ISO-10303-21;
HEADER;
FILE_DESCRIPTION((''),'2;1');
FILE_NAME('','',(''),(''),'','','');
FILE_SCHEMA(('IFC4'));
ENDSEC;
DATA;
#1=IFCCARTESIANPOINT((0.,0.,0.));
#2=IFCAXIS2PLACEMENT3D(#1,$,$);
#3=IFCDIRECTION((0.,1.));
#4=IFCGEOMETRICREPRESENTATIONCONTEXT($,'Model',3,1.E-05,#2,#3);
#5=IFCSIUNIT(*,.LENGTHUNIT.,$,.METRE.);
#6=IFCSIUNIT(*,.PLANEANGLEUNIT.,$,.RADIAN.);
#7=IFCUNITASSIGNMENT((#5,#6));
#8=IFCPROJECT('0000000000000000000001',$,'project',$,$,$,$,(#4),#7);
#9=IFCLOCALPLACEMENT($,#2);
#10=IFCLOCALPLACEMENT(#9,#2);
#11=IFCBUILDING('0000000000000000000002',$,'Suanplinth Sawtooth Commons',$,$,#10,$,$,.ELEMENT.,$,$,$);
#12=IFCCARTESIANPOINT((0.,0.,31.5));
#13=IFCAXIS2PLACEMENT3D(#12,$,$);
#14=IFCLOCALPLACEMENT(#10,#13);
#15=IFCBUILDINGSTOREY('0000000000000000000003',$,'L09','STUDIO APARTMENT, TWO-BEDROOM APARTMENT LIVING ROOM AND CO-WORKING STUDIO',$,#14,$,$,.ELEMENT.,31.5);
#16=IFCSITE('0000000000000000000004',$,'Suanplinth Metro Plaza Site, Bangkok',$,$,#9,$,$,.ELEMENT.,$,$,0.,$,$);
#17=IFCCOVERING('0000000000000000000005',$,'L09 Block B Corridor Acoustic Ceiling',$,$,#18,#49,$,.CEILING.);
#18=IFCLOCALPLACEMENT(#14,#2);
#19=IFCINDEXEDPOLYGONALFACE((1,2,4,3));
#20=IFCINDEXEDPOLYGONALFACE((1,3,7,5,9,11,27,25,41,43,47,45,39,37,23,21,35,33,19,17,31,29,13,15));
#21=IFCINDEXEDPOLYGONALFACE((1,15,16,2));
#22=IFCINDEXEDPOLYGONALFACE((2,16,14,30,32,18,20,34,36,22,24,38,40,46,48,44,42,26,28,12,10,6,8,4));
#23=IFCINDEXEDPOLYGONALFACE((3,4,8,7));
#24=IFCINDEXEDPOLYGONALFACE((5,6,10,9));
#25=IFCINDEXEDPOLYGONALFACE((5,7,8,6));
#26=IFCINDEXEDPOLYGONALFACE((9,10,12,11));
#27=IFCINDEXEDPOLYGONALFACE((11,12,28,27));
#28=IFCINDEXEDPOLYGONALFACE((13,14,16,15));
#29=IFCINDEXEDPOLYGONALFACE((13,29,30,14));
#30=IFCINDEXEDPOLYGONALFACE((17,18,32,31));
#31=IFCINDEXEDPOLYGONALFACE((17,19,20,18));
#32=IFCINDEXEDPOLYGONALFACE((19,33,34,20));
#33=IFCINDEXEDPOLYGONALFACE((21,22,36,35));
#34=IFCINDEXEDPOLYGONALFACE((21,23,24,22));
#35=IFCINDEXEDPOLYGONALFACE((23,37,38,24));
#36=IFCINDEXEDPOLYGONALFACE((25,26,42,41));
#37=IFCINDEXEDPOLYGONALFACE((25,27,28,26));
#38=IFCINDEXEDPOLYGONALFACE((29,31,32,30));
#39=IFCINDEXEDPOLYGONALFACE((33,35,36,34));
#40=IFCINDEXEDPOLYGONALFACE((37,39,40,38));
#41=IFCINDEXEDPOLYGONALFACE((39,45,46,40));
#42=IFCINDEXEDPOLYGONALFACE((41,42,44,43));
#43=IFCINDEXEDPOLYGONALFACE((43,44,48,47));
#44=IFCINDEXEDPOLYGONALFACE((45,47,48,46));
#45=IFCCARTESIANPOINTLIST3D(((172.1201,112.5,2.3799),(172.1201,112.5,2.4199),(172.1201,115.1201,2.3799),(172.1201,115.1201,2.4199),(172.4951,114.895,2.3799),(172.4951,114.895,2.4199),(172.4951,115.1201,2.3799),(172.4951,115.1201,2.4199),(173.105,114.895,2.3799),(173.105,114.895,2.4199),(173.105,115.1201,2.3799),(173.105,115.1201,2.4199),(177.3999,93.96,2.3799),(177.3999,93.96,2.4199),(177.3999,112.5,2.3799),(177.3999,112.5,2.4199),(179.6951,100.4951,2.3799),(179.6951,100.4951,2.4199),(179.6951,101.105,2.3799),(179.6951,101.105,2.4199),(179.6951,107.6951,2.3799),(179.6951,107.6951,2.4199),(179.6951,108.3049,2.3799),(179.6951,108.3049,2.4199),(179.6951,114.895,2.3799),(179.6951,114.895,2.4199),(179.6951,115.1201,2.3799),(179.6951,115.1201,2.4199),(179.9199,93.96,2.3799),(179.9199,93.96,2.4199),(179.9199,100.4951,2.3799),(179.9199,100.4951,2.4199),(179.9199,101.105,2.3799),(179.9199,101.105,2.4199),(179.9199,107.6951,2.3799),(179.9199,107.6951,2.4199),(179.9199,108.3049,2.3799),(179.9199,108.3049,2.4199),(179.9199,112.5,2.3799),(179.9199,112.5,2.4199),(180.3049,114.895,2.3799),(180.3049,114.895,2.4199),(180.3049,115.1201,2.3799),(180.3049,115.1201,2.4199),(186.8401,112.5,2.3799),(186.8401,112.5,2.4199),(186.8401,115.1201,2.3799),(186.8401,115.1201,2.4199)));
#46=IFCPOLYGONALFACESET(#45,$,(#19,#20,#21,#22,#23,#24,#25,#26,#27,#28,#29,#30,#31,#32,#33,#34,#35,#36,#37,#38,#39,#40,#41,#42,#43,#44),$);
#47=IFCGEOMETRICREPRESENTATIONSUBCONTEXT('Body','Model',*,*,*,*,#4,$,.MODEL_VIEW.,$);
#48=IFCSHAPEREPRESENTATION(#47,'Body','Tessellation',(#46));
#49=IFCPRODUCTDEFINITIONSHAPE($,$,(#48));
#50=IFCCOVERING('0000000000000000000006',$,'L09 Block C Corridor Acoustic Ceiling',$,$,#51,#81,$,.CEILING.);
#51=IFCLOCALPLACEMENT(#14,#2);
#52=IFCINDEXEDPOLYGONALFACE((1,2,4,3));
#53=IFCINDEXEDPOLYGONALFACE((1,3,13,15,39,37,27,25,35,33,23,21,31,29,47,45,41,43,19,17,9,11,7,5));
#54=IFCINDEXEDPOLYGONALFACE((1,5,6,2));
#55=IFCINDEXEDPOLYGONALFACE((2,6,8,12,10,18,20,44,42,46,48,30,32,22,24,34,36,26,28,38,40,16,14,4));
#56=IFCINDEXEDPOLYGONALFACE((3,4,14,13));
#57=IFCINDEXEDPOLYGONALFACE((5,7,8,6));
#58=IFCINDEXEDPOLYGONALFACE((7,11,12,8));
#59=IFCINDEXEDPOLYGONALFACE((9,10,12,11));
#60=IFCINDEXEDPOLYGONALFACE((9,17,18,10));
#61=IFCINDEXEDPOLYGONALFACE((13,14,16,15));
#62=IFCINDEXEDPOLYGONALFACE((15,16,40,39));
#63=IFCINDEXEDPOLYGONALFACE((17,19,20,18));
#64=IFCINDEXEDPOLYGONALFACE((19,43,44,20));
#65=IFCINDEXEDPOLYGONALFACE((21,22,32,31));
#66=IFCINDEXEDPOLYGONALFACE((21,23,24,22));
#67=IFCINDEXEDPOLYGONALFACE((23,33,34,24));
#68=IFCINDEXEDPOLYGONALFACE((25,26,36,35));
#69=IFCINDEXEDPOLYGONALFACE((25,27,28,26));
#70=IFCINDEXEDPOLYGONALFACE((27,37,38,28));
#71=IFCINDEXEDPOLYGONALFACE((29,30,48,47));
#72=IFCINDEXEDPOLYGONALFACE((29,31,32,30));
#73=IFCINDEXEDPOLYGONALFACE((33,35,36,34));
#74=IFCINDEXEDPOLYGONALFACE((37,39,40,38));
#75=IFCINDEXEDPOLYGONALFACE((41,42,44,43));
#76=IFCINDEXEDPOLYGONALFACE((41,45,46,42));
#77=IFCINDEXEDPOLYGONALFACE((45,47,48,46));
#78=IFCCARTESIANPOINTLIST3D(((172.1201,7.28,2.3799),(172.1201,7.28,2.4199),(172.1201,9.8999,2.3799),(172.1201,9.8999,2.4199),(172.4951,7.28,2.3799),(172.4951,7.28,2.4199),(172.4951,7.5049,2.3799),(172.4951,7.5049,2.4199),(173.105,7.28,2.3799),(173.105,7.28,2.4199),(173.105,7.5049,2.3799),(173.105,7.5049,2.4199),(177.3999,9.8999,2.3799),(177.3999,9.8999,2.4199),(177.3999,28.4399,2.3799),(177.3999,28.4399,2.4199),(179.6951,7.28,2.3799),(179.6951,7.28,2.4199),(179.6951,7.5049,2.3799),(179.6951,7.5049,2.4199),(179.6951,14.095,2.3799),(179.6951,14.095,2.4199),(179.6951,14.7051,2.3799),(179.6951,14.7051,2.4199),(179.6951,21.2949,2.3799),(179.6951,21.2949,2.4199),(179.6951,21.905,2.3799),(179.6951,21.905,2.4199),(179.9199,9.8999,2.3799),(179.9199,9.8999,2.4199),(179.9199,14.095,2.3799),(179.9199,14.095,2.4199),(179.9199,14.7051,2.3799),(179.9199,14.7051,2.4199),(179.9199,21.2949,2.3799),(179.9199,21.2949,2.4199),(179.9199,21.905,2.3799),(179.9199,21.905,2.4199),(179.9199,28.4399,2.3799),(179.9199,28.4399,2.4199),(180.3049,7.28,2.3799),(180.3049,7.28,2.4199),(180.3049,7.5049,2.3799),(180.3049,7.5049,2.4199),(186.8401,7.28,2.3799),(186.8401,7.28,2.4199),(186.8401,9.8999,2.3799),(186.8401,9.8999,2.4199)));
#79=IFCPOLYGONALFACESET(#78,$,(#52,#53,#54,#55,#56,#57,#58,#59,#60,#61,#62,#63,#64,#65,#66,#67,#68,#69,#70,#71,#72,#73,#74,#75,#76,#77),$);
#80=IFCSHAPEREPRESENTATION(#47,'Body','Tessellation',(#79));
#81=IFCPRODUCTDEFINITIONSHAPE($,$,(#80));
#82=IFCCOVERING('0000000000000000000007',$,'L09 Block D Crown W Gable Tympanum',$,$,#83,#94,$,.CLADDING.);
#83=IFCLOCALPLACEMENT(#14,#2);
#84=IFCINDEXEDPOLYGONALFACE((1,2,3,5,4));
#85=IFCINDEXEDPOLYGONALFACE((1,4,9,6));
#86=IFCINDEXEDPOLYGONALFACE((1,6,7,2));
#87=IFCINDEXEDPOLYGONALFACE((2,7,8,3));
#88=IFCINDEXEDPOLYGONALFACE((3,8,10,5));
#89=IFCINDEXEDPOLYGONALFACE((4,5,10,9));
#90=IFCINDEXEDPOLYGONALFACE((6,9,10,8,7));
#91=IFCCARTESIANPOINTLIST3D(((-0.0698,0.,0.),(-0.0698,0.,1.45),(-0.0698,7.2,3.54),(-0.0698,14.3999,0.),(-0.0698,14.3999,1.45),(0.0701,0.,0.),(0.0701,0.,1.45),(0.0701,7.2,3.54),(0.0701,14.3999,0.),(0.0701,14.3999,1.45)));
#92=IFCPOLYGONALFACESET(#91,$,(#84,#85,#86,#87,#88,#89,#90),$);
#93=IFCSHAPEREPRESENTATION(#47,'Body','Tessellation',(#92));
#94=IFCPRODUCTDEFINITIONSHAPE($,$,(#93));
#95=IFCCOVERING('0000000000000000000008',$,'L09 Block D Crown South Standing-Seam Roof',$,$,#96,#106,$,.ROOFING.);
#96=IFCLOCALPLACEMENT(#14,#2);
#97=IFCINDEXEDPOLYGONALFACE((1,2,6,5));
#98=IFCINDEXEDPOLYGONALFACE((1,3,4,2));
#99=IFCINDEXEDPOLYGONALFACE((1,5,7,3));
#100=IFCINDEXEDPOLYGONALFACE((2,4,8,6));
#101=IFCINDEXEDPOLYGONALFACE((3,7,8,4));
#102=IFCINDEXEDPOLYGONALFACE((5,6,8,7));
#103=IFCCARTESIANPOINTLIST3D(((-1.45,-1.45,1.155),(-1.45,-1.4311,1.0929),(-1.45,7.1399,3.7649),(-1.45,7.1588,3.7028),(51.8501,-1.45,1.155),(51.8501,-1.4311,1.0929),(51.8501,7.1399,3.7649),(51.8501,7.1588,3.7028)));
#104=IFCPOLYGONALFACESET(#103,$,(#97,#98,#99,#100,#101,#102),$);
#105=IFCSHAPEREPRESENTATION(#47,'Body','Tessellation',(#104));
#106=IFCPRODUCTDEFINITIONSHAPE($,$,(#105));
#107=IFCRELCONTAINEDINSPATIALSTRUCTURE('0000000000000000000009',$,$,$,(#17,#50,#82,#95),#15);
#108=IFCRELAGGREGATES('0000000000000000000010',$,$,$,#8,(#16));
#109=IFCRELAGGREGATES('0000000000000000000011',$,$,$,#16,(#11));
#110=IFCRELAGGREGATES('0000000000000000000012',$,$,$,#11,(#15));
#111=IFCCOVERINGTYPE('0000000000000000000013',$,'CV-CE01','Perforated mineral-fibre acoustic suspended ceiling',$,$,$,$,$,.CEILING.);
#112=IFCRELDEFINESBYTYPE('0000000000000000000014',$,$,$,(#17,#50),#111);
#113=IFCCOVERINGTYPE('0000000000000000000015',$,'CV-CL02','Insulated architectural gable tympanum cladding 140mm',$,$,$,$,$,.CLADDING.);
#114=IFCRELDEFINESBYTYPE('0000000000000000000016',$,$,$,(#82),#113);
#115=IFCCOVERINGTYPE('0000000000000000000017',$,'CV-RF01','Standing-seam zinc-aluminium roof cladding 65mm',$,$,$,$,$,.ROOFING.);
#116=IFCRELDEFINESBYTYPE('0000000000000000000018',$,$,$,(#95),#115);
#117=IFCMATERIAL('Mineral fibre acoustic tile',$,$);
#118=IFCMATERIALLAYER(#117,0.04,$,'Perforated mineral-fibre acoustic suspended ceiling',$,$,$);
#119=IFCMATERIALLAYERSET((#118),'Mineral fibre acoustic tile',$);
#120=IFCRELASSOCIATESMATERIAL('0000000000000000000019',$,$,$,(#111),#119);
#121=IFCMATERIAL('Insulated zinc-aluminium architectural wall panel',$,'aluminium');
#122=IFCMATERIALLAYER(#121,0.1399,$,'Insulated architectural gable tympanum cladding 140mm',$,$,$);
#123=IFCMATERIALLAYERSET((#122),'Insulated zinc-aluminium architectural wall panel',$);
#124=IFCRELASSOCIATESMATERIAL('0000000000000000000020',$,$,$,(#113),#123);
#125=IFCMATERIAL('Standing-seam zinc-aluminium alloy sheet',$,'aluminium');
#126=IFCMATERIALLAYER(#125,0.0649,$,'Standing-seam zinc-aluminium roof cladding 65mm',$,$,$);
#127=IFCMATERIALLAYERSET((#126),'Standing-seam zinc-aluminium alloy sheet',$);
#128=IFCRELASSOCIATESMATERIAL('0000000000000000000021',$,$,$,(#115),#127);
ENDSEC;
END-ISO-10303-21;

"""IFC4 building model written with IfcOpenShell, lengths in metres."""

from ifc_helpers import new_model, si_unit, direction, frame, origin, place, context, subcontext, project, spatial, polyline, outline, extrude, material, layer, layer_set, type_object, element, save


model = new_model("IFC4")

# Units and contexts
model_context = context("Model", 3, precision=1e-05, world=origin(), true_north=direction((0.0, 1.0)))
body_context = subcontext(model_context, "Body", "Model", "MODEL_VIEW")
ifc_project = project(units=[si_unit("LENGTHUNIT", "METRE"), si_unit("PLANEANGLEUNIT", "RADIAN")], contexts=[model_context])

# Site, building, storey
site_placement = place(None, origin())
site = spatial("IfcSite", under=ifc_project, at=site_placement, Name="Suanplinth Metro Plaza Site, Bangkok", CompositionType="ELEMENT", RefElevation=0.0)
building_placement = place(site_placement, origin())
building = spatial("IfcBuilding", under=site, at=building_placement, Name="Suanplinth Sawtooth Commons", CompositionType="ELEMENT")
storey_placement = place(building_placement, frame((0.0, 0.0, 31.5)))
storey = spatial("IfcBuildingStorey", under=building, at=storey_placement, Name="L09", Description="STUDIO APARTMENT, TWO-BEDROOM APARTMENT LIVING ROOM AND CO-WORKING STUDIO", CompositionType="ELEMENT", Elevation=31.5)

# Coverings
ifc_material_1 = material(Name="Mineral fibre acoustic tile")
ifc_layer_1 = layer(ifc_material_1, 0.04, Name="Perforated mineral-fibre acoustic suspended ceiling")
ifc_layer_set_1 = layer_set([ifc_layer_1], Name="Mineral fibre acoustic tile")
covering_type_1 = type_object("IfcCoveringType", Name="CV-CE01", Description="Perforated mineral-fibre acoustic suspended ceiling", PredefinedType="CEILING", material=ifc_layer_set_1)
covering_1_placement = place(storey_placement, frame((0.0, 0.0, 2.3799)))
element("IfcCovering", 1, at=covering_1_placement, inside=storey, type_object=covering_type_1, Name="L09 Block B Corridor Acoustic Ceiling", PredefinedType="CEILING", context=body_context, shape_type="SweptSolid", body=[
    extrude(outline(polyline([(172.4951, 115.1201), (172.4951, 114.895), (173.105, 114.895), (173.105, 115.1201), (179.6951, 115.1201), (179.6951, 114.895), (180.3049, 114.895), (180.3049, 115.1201), (186.8401, 115.1201), (186.8401, 112.5), (179.9199, 112.5), (179.9199, 108.3049), (179.6951, 108.3049), (179.6951, 107.6951), (179.9199, 107.6951), (179.9199, 101.105), (179.6951, 101.105), (179.6951, 100.4951), (179.9199, 100.4951), (179.9199, 93.96), (177.3999, 93.96), (177.3999, 112.5), (172.1201, 112.5), (172.1201, 115.1201), (172.4951, 115.1201)])), origin(), (0.0, 0.0, 1.0), 0.04),
])
covering_2_placement = place(storey_placement, frame((0.0, 0.0, 2.3799)))
element("IfcCovering", 2, at=covering_2_placement, inside=storey, type_object=covering_type_1, Name="L09 Block C Corridor Acoustic Ceiling", PredefinedType="CEILING", context=body_context, shape_type="SweptSolid", body=[
    extrude(outline(polyline([(172.1201, 9.8999), (177.3999, 9.8999), (177.3999, 28.4399), (179.9199, 28.4399), (179.9199, 21.905), (179.6951, 21.905), (179.6951, 21.2949), (179.9199, 21.2949), (179.9199, 14.7051), (179.6951, 14.7051), (179.6951, 14.095), (179.9199, 14.095), (179.9199, 9.8999), (186.8401, 9.8999), (186.8401, 7.28), (180.3049, 7.28), (180.3049, 7.5049), (179.6951, 7.5049), (179.6951, 7.28), (173.105, 7.28), (173.105, 7.5049), (172.4951, 7.5049), (172.4951, 7.28), (172.1201, 7.28), (172.1201, 9.8999)])), origin(), (0.0, 0.0, 1.0), 0.04),
])
ifc_material_2 = material(Name="Insulated zinc-aluminium architectural wall panel", Category="aluminium")
ifc_layer_2 = layer(ifc_material_2, 0.1399, Name="Insulated architectural gable tympanum cladding 140mm")
ifc_layer_set_2 = layer_set([ifc_layer_2], Name="Insulated zinc-aluminium architectural wall panel")
covering_type_2 = type_object("IfcCoveringType", Name="CV-CL02", Description="Insulated architectural gable tympanum cladding 140mm", PredefinedType="CLADDING", material=ifc_layer_set_2)
covering_3_placement = place(storey_placement, frame((0.0, 0.0, 0.0), z_axis=(0.0, 0.0, 1.0), x_axis=(0.0, 1.0, 0.0)))
element("IfcCovering", 3, at=covering_3_placement, inside=storey, type_object=covering_type_2, Name="L09 Block D Crown W Gable Tympanum", PredefinedType="CLADDING", context=body_context, shape_type="SweptSolid", body=[
    extrude(outline(polyline([(0.0, 0.0), (14.3999, 0.0), (14.3999, 1.45), (7.2, 3.54), (0.0, 1.45), (0.0, 0.0)])), frame((0.0, 0.0698, 0.0), z_axis=(0.0, -1.0, 0.0), x_axis=(1.0, 0.0, 0.0)), (0.0, 0.0, 1.0), 0.1399),
])
ifc_material_3 = material(Name="Standing-seam zinc-aluminium alloy sheet", Category="aluminium")
ifc_layer_3 = layer(ifc_material_3, 0.0649, Name="Standing-seam zinc-aluminium roof cladding 65mm")
ifc_layer_set_3 = layer_set([ifc_layer_3], Name="Standing-seam zinc-aluminium alloy sheet")
covering_type_3 = type_object("IfcCoveringType", Name="CV-RF01", Description="Standing-seam zinc-aluminium roof cladding 65mm", PredefinedType="ROOFING", material=ifc_layer_set_3)
covering_4_placement = place(storey_placement, frame((-1.45, -1.45, 1.155), z_axis=(0.0, -0.290709, 0.956811), x_axis=(1.0, 0.0, 0.0)))
element("IfcCovering", 4, at=covering_4_placement, inside=storey, type_object=covering_type_3, Name="L09 Block D Crown South Standing-Seam Roof", PredefinedType="ROOFING", context=body_context, shape_type="SweptSolid", body=[
    extrude(outline(polyline([(0.0, 0.0), (53.3, 0.0), (53.3, 8.9776), (0.0, 8.9776), (0.0, 0.0)])), origin(), (0.0, 0.0, -1.0), 0.0649),
])

save(model, "model.ifc")
